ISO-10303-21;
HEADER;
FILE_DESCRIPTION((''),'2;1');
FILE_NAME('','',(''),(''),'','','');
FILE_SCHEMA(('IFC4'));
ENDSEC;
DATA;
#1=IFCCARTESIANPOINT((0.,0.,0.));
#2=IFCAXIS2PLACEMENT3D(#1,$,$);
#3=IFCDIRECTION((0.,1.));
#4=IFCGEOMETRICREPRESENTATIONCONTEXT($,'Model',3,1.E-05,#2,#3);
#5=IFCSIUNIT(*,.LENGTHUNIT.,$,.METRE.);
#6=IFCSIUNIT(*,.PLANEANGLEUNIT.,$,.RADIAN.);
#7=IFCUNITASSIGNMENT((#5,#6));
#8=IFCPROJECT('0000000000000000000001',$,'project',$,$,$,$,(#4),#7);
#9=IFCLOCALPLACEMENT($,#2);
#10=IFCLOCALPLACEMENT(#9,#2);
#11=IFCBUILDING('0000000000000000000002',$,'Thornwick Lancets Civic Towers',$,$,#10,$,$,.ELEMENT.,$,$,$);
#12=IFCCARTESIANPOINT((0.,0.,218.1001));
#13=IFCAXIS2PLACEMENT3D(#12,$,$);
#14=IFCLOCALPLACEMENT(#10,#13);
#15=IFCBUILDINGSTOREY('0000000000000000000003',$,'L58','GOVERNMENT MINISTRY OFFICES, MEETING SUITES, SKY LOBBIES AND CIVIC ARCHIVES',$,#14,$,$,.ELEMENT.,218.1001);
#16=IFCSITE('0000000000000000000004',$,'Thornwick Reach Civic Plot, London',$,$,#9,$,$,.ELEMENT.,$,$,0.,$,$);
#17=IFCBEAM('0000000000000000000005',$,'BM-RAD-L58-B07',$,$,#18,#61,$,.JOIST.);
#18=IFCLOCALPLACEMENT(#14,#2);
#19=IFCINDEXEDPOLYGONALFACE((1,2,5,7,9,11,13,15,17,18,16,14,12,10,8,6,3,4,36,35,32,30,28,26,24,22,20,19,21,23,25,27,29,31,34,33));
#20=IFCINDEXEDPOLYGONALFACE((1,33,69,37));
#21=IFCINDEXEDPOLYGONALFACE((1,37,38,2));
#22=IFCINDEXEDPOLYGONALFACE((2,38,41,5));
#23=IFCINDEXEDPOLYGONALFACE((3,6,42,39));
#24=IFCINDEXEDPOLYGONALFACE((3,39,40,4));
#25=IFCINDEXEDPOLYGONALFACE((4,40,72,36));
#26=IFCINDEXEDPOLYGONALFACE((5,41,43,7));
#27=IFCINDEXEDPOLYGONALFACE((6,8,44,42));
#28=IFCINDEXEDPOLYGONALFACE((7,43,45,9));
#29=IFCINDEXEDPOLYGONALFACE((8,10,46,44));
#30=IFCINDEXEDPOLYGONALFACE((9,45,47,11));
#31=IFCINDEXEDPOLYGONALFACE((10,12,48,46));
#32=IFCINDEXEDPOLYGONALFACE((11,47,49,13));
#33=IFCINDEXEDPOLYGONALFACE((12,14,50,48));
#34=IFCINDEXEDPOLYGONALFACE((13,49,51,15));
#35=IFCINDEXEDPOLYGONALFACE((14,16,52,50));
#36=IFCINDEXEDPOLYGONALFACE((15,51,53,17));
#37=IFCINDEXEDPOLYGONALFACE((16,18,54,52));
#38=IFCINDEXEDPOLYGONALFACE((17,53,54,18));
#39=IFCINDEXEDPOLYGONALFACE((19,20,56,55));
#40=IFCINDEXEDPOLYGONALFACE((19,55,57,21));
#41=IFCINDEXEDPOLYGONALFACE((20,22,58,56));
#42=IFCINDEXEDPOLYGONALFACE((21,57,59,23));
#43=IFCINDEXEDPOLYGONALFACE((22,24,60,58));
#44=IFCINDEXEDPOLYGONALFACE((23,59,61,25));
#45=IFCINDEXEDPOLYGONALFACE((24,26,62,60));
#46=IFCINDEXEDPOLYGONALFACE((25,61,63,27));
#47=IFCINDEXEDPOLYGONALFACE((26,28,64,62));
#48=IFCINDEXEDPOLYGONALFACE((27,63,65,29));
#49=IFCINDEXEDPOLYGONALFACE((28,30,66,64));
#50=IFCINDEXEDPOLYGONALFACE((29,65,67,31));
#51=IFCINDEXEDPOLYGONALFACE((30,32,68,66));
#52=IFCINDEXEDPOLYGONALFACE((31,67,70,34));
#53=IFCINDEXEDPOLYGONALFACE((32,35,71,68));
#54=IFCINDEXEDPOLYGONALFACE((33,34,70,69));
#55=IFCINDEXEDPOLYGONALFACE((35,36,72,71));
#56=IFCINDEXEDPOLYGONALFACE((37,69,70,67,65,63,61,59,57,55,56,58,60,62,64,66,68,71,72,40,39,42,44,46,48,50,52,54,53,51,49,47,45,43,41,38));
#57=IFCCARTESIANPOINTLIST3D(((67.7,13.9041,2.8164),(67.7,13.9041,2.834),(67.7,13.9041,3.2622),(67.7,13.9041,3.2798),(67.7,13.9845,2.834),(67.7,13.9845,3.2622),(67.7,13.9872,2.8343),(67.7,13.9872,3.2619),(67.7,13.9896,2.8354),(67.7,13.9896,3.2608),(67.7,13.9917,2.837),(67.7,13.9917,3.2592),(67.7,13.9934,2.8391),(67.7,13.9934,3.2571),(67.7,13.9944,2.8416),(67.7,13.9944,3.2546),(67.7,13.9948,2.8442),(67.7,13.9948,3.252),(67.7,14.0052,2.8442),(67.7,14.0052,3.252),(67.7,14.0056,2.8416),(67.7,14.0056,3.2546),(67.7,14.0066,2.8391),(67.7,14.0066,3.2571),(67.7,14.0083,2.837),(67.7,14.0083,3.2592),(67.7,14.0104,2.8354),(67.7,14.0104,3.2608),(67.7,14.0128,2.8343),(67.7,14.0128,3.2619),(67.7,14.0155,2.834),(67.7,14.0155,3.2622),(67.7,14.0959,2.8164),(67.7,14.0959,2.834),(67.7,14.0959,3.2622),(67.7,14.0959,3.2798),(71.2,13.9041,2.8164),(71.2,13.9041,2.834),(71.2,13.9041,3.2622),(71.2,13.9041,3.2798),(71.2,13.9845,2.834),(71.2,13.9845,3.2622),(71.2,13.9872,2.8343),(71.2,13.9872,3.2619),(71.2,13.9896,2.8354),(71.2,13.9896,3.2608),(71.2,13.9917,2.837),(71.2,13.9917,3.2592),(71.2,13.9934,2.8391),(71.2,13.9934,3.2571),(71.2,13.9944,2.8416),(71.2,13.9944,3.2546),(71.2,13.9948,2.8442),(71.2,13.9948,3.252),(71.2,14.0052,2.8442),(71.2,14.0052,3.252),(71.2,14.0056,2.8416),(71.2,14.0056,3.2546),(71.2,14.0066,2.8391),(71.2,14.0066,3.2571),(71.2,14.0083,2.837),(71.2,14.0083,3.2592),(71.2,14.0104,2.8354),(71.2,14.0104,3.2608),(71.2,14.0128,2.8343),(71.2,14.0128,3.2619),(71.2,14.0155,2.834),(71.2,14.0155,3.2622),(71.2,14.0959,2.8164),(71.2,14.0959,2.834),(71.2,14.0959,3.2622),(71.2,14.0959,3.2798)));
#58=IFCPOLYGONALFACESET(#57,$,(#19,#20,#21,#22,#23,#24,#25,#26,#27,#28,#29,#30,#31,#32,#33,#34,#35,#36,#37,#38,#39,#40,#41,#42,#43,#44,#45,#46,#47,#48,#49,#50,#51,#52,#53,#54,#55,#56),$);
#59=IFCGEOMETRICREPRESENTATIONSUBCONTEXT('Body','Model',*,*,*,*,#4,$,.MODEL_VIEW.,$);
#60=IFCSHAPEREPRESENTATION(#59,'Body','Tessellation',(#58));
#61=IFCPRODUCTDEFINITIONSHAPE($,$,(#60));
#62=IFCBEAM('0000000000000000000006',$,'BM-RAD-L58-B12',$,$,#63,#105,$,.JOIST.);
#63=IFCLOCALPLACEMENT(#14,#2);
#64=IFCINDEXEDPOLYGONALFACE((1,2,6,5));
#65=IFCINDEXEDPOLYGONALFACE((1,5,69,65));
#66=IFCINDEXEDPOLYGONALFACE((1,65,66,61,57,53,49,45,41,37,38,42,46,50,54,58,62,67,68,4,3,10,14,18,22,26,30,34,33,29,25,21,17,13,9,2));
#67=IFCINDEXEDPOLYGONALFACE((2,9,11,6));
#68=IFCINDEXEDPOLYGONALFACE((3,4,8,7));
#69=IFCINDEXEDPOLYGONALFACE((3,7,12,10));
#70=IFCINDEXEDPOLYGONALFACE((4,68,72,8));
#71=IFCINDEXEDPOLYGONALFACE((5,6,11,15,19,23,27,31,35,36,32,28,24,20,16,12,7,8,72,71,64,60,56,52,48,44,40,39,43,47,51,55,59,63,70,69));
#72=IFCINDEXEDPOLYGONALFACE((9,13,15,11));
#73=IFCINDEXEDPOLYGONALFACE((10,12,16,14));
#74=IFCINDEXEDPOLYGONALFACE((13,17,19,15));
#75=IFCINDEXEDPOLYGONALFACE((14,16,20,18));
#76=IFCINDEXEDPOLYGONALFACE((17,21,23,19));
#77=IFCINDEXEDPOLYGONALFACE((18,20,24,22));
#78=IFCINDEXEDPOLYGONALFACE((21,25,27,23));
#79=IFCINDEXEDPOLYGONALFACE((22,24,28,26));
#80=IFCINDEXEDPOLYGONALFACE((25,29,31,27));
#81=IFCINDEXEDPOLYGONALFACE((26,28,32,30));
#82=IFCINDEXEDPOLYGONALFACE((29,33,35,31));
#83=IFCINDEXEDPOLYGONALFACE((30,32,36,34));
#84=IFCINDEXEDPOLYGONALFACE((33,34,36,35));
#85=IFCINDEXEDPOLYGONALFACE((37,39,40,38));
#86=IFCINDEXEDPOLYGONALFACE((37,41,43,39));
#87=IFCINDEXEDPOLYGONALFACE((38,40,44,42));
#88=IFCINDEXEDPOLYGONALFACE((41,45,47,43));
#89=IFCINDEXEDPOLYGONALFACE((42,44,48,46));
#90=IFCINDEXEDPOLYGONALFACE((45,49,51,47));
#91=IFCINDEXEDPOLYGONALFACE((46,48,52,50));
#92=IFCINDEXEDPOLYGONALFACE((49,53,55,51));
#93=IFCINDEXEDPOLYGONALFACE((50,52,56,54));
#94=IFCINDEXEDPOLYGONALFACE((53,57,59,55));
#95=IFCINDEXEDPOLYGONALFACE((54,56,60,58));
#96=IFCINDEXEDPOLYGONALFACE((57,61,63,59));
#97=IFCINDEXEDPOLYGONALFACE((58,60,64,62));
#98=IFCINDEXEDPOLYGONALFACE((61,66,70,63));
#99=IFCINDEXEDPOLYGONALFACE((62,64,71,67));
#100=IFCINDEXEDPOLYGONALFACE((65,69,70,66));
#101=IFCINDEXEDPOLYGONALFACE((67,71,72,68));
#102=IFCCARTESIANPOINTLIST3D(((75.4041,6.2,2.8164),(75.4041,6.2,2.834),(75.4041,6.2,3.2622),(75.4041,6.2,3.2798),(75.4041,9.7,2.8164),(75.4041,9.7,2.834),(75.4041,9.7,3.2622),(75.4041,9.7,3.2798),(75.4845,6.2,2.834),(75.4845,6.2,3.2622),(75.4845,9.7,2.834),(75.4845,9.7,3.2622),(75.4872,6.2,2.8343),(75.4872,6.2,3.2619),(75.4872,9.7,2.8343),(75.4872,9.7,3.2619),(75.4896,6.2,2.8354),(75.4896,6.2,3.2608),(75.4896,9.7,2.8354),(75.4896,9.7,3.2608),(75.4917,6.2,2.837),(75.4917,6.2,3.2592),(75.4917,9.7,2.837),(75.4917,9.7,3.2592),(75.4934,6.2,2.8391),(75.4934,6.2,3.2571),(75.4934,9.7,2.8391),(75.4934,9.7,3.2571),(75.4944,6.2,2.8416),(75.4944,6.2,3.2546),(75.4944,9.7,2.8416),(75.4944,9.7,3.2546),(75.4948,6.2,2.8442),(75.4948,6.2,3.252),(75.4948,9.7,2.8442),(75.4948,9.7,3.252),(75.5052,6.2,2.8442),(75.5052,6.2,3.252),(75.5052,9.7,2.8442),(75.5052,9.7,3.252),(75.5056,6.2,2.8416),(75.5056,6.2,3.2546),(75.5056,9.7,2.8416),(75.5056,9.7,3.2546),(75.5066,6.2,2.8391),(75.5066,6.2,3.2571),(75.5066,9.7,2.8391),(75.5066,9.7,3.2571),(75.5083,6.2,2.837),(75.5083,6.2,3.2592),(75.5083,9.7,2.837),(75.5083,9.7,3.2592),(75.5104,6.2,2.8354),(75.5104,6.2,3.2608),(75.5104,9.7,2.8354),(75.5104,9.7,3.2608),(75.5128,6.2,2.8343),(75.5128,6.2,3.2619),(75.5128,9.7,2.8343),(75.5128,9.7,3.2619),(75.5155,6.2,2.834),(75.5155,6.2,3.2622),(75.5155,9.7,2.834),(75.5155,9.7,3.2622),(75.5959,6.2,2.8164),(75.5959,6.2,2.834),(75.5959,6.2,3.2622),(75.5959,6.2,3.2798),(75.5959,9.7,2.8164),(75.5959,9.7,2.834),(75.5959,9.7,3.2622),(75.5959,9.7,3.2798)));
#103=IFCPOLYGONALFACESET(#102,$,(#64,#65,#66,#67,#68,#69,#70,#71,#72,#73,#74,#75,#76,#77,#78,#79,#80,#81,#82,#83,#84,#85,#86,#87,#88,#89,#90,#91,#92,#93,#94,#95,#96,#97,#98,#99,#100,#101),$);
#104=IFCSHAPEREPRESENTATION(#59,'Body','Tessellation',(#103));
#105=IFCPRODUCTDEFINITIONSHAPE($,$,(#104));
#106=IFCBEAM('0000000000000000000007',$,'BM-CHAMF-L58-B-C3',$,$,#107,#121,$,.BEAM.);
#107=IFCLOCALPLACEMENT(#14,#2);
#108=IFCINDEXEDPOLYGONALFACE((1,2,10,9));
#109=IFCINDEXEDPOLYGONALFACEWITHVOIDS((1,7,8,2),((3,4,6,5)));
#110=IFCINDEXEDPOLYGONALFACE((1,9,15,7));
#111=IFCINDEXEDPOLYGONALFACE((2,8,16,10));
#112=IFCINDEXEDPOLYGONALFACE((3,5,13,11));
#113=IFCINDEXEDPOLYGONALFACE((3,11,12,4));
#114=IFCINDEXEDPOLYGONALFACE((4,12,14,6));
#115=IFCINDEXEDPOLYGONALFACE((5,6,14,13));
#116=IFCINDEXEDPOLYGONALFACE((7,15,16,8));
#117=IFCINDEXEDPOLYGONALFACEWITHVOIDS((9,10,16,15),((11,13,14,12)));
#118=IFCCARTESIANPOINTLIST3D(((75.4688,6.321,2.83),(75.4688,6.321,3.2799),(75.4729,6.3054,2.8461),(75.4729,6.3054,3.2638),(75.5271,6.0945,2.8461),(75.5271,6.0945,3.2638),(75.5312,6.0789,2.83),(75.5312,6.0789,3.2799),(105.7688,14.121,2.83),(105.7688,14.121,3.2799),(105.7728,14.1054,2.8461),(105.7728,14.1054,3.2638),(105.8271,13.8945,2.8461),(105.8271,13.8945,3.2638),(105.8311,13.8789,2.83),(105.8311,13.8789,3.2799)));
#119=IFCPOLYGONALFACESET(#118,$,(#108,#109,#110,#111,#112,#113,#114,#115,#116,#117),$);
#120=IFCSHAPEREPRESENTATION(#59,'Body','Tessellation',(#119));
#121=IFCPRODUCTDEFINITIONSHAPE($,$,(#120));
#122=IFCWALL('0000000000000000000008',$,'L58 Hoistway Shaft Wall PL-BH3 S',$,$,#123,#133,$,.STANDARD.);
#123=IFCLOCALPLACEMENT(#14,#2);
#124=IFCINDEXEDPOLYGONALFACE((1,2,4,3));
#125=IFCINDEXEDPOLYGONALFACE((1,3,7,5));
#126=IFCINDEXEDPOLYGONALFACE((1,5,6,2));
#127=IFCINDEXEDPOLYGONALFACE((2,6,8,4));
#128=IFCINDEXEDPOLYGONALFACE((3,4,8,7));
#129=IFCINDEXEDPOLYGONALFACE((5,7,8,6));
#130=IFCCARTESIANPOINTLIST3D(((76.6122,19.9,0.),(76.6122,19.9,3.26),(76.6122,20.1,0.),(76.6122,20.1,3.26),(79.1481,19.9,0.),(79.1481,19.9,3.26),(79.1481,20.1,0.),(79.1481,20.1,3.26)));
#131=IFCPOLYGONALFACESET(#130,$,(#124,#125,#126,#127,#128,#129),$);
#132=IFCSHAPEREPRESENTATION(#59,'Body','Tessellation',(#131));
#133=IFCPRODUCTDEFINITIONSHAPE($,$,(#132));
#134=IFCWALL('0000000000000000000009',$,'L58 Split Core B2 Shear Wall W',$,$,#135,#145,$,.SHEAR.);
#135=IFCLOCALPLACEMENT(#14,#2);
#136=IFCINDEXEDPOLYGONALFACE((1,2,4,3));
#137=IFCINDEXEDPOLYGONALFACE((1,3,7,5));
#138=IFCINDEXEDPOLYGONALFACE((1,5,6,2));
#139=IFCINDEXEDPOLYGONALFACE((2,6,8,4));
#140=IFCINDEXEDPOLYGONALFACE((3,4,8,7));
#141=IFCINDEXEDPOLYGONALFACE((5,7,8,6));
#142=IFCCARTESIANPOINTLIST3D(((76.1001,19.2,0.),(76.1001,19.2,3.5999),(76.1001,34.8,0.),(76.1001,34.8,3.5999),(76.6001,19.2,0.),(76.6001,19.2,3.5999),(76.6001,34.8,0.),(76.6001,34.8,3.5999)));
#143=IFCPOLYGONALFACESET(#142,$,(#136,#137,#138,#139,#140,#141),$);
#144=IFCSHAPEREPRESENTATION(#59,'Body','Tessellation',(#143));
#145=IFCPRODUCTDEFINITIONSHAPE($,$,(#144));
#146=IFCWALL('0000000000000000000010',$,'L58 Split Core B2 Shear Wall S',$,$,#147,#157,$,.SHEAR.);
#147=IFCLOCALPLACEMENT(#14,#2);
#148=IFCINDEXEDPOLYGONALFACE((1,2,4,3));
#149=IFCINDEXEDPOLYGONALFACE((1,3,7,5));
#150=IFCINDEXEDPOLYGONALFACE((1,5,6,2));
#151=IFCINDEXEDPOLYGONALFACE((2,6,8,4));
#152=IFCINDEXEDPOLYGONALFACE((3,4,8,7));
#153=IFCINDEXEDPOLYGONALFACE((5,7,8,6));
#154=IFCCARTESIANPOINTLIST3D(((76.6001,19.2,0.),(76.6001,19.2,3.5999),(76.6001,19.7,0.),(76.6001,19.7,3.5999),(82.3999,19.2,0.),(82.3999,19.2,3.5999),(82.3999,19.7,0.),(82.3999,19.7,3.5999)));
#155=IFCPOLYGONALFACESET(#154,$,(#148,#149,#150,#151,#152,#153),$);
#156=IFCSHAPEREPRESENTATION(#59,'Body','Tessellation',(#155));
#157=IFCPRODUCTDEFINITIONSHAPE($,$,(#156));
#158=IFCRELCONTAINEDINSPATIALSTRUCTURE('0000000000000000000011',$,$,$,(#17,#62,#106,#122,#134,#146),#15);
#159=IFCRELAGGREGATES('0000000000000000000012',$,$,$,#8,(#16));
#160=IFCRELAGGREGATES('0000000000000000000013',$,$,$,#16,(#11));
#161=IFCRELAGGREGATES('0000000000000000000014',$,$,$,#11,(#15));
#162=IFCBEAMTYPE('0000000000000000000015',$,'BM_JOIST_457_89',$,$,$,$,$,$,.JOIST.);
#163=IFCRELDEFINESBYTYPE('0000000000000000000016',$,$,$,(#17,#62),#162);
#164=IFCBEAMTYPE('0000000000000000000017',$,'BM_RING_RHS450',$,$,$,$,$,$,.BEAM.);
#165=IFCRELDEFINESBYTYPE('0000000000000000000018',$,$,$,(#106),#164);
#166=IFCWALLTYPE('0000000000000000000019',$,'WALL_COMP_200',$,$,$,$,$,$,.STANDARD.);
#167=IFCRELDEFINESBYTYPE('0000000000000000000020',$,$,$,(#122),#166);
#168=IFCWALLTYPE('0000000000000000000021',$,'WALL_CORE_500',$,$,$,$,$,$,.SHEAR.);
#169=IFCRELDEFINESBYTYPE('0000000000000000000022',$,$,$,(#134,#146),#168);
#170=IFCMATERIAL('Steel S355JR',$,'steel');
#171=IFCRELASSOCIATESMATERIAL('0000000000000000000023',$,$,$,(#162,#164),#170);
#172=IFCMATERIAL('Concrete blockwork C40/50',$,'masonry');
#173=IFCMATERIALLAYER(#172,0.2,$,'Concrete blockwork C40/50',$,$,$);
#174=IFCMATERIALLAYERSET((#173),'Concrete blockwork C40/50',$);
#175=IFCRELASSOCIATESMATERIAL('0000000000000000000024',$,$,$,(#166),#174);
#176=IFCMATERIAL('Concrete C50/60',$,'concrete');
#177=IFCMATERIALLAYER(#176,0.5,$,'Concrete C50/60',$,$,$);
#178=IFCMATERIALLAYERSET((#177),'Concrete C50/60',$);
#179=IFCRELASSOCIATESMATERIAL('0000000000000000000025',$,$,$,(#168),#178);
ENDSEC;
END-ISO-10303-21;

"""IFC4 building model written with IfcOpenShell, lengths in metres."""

from ifc_helpers import new_model, si_unit, direction, frame, frame_2d, origin, origin_2d, place, context, subcontext, project, spatial, rectangle, hollow_rectangle, i_section, extrude, material, layer, layer_set, material_profile, profile_set, type_object, element, save


model = new_model("IFC4")

# Units and contexts
model_context = context("Model", 3, precision=1e-05, world=origin(), true_north=direction((0.0, 1.0)))
body_context = subcontext(model_context, "Body", "Model", "MODEL_VIEW")
ifc_project = project(units=[si_unit("LENGTHUNIT", "METRE"), si_unit("PLANEANGLEUNIT", "RADIAN")], contexts=[model_context])

# Site, building, storey
site_placement = place(None, origin())
site = spatial("IfcSite", under=ifc_project, at=site_placement, Name="Thornwick Reach Civic Plot, London", CompositionType="ELEMENT", RefElevation=0.0)
building_placement = place(site_placement, origin())
building = spatial("IfcBuilding", under=site, at=building_placement, Name="Thornwick Lancets Civic Towers", CompositionType="ELEMENT")
storey_placement = place(building_placement, frame((0.0, 0.0, 218.1001)))
storey = spatial("IfcBuildingStorey", under=building, at=storey_placement, Name="L58", Description="GOVERNMENT MINISTRY OFFICES, MEETING SUITES, SKY LOBBIES AND CIVIC ARCHIVES", CompositionType="ELEMENT", Elevation=218.1001)

# Shared definitions
ifc_material_1 = material(Name="Concrete C50/60", Category="concrete")
ifc_material_2 = material(Name="Steel S355JR", Category="steel")

# Beams
ifc_material_profile_1 = material_profile(ifc_material_2, i_section(OverallWidth=0.1919, OverallDepth=0.4634, WebThickness=0.0105, FlangeThickness=0.0176, FilletRadius=0.0103, at=origin_2d()), Name="UKB 457x191x89")
ifc_profile_set_1 = profile_set([ifc_material_profile_1], Name="Steel S355JR")
beam_type_1 = type_object("IfcBeamType", Name="BM_JOIST_457_89", PredefinedType="JOIST", material=ifc_profile_set_1)
for number, where, z_axis, x_axis, name in (
    (1, (71.2, 14.0, 3.0481), (-1.0, 0.0, 0.0), (0.0, -1.0, 0.0), "BM-RAD-L58-B07"),
    (2, (75.5, 9.7, 3.0481), (0.0, -1.0, 0.0), (1.0, 0.0, 0.0), "BM-RAD-L58-B12"),
):
    element("IfcBeam", number, at=place(storey_placement, frame(where, z_axis=z_axis, x_axis=x_axis)), inside=storey, type_object=beam_type_1, Name=name, PredefinedType="JOIST", context=body_context, shape_type="SweptSolid", body=[
        extrude(i_section(OverallWidth=0.1919, OverallDepth=0.4634, WebThickness=0.0105, FlangeThickness=0.0176, FilletRadius=0.0103, at=origin_2d()), origin(), (0.0, 0.0, 1.0), 3.5),
    ])
ifc_material_profile_2 = material_profile(ifc_material_2, hollow_rectangle(XDim=0.25, YDim=0.45, WallThickness=0.0161, at=origin_2d()), Name="RHS 450x250x16")
ifc_profile_set_2 = profile_set([ifc_material_profile_2], Name="Steel S355JR")
beam_type_2 = type_object("IfcBeamType", Name="BM_RING_RHS450", PredefinedType="BEAM", material=ifc_profile_set_2)
beam_1_placement = place(storey_placement, frame((75.5, 6.2, 3.0549), z_axis=(0.968427, 0.249299, 0.0), x_axis=(-0.249299, 0.968427, 0.0)))
element("IfcBeam", 3, at=beam_1_placement, inside=storey, type_object=beam_type_2, Name="BM-CHAMF-L58-B-C3", PredefinedType="BEAM", context=body_context, shape_type="SweptSolid", body=[
    extrude(hollow_rectangle(XDim=0.25, YDim=0.45, WallThickness=0.0161, at=origin_2d()), origin(), (0.0, 0.0, 1.0), 31.2878),
])

# Walls
ifc_material_3 = material(Name="Concrete blockwork C40/50", Category="masonry")
ifc_layer_1 = layer(ifc_material_3, 0.2, Name="Concrete blockwork C40/50")
ifc_layer_set_1 = layer_set([ifc_layer_1], Name="Concrete blockwork C40/50")
wall_type_1 = type_object("IfcWallType", Name="WALL_COMP_200", PredefinedType="STANDARD", material=ifc_layer_set_1)
wall_1_placement = place(storey_placement, frame((76.6121, 20.0, 0.0), z_axis=(0.0, 0.0, 1.0), x_axis=(1.0, 0.0, 0.0)))
element("IfcWall", 4, at=wall_1_placement, inside=storey, type_object=wall_type_1, Name="L58 Hoistway Shaft Wall PL-BH3 S", PredefinedType="STANDARD", context=body_context, shape_type="SweptSolid", body=[
    extrude(rectangle(XDim=2.5359, YDim=0.2, at=frame_2d((1.2681, 0.0))), origin(), (0.0, 0.0, 1.0), 3.26),
])
ifc_layer_2 = layer(ifc_material_1, 0.5, Name="Concrete C50/60")
ifc_layer_set_2 = layer_set([ifc_layer_2], Name="Concrete C50/60")
wall_type_2 = type_object("IfcWallType", Name="WALL_CORE_500", PredefinedType="SHEAR", material=ifc_layer_set_2)
wall_2_placement = place(storey_placement, frame((76.3501, 19.2, 0.0), z_axis=(0.0, 0.0, 1.0), x_axis=(0.0, 1.0, 0.0)))
element("IfcWall", 5, at=wall_2_placement, inside=storey, type_object=wall_type_2, Name="L58 Split Core B2 Shear Wall W", PredefinedType="SHEAR", context=body_context, shape_type="SweptSolid", body=[
    extrude(rectangle(XDim=15.6001, YDim=0.5, at=frame_2d((7.8, 0.0))), origin(), (0.0, 0.0, 1.0), 3.5999),
])
wall_3_placement = place(storey_placement, frame((76.6001, 19.45, 0.0), z_axis=(0.0, 0.0, 1.0), x_axis=(1.0, 0.0, 0.0)))
element("IfcWall", 6, at=wall_3_placement, inside=storey, type_object=wall_type_2, Name="L58 Split Core B2 Shear Wall S", PredefinedType="SHEAR", context=body_context, shape_type="SweptSolid", body=[
    extrude(rectangle(XDim=5.7998, YDim=0.5, at=frame_2d((2.8999, 0.0))), origin(), (0.0, 0.0, 1.0), 3.5999),
])

save(model, "model.ifc")
